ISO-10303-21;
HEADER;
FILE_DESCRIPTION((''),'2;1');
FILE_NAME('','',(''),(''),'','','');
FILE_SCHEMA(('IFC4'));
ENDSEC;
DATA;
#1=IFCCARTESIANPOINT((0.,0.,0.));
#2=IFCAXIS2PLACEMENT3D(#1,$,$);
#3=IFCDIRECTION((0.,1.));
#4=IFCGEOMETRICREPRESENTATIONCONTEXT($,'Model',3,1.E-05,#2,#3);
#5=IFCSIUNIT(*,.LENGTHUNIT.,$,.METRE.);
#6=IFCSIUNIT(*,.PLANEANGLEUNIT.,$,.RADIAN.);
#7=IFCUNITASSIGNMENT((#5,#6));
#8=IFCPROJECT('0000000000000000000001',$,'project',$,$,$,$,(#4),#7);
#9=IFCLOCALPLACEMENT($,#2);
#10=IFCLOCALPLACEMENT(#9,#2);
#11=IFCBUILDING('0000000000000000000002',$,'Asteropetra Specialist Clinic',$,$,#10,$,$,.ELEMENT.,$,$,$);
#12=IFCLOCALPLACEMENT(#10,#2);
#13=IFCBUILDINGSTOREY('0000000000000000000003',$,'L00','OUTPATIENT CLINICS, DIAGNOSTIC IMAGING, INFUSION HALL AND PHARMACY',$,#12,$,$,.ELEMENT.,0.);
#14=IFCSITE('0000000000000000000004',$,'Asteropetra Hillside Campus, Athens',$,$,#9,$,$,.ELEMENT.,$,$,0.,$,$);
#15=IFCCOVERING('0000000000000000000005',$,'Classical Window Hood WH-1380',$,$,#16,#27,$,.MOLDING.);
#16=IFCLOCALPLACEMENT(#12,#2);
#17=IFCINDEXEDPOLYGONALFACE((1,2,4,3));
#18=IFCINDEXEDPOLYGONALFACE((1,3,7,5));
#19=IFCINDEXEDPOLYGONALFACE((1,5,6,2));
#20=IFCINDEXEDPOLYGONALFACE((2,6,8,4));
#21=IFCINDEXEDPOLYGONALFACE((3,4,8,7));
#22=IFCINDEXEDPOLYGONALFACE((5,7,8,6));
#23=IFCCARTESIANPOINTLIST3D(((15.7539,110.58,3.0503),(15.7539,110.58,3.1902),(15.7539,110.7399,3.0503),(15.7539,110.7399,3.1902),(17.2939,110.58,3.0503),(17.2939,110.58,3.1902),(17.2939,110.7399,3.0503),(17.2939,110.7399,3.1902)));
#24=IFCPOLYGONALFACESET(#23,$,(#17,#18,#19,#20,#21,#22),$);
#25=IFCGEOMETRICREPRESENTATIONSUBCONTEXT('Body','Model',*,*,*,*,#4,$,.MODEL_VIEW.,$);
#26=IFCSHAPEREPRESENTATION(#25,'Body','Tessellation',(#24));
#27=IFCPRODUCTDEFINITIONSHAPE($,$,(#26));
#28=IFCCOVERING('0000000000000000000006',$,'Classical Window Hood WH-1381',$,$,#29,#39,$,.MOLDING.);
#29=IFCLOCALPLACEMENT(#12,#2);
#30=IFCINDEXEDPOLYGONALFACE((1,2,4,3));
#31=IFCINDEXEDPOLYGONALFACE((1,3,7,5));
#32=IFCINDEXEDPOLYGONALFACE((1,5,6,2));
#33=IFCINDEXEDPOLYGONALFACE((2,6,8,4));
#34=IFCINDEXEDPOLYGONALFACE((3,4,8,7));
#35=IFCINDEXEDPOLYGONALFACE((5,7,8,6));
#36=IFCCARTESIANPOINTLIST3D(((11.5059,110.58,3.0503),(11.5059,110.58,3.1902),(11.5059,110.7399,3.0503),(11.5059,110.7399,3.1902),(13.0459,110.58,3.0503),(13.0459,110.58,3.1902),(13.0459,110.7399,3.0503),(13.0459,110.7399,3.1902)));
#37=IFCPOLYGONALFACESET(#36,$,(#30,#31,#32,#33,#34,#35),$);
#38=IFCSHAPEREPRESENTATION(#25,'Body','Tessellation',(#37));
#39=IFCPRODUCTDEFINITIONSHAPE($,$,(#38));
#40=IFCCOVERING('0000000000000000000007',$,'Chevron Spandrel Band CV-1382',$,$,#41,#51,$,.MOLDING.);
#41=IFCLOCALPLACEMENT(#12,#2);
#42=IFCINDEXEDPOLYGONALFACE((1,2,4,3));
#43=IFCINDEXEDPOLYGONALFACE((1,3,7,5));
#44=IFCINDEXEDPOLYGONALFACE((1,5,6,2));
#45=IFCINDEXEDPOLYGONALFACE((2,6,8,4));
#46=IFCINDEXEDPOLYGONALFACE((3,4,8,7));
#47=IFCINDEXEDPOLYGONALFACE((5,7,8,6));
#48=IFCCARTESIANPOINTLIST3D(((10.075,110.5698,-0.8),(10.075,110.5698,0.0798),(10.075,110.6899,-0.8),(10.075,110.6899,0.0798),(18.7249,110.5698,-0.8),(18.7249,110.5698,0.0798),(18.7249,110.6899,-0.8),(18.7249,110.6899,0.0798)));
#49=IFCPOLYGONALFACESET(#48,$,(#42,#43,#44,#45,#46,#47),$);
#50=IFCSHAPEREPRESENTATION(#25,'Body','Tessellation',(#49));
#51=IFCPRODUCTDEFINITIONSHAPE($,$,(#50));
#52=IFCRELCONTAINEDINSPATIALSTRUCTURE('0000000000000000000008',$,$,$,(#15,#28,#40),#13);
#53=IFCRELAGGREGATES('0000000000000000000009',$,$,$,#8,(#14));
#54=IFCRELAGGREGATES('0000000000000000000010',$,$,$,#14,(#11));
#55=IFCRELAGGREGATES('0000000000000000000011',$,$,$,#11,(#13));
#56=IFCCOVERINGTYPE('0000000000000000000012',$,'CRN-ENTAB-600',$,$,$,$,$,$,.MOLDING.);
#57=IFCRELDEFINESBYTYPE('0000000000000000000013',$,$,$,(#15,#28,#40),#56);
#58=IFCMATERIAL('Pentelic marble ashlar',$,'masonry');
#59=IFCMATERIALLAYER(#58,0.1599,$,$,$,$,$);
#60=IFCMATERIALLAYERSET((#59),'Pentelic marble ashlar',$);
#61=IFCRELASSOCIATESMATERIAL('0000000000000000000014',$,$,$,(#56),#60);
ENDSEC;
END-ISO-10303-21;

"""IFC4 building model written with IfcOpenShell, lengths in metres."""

from ifc_helpers import new_model, si_unit, direction, frame, origin, origin_2d, place, context, subcontext, project, spatial, rectangle, extrude, material, layer, layer_set, type_object, element, save


model = new_model("IFC4")

# Units and contexts
model_context = context("Model", 3, precision=1e-05, world=origin(), true_north=direction((0.0, 1.0)))
body_context = subcontext(model_context, "Body", "Model", "MODEL_VIEW")
ifc_project = project(units=[si_unit("LENGTHUNIT", "METRE"), si_unit("PLANEANGLEUNIT", "RADIAN")], contexts=[model_context])

# Site, building, storey
site_placement = place(None, origin())
site = spatial("IfcSite", under=ifc_project, at=site_placement, Name="Asteropetra Hillside Campus, Athens", CompositionType="ELEMENT", RefElevation=0.0)
building_placement = place(site_placement, origin())
building = spatial("IfcBuilding", under=site, at=building_placement, Name="Asteropetra Specialist Clinic", CompositionType="ELEMENT")
storey_placement = place(building_placement, origin())
storey = spatial("IfcBuildingStorey", under=building, at=storey_placement, Name="L00", Description="OUTPATIENT CLINICS, DIAGNOSTIC IMAGING, INFUSION HALL AND PHARMACY", CompositionType="ELEMENT", Elevation=0.0)

# Coverings
ifc_material_1 = material(Name="Pentelic marble ashlar", Category="masonry")
ifc_layer_1 = layer(ifc_material_1, 0.1599)
ifc_layer_set_1 = layer_set([ifc_layer_1], Name="Pentelic marble ashlar")
covering_type = type_object("IfcCoveringType", Name="CRN-ENTAB-600", PredefinedType="MOLDING", material=ifc_layer_set_1)
for number, where, z_axis, x_axis, name in (
    (1, (16.5239, 110.6599, 3.0503), (0.0, 0.0, 1.0), (1.0, 0.0, 0.0), "Classical Window Hood WH-1380"),
    (2, (12.2759, 110.6599, 3.0503), (0.0, 0.0, 1.0), (1.0, 0.0, 0.0), "Classical Window Hood WH-1381"),
):
    element("IfcCovering", number, at=place(storey_placement, frame(where, z_axis=z_axis, x_axis=x_axis)), inside=storey, type_object=covering_type, Name=name, PredefinedType="MOLDING", context=body_context, shape_type="SweptSolid", body=[
        extrude(rectangle(XDim=1.54, YDim=0.1599, at=origin_2d()), origin(), (0.0, 0.0, 1.0), 0.1399),
    ])
covering_placement = place(storey_placement, frame((14.3999, 110.6299, -0.8), z_axis=(0.0, 0.0, 1.0), x_axis=(1.0, 0.0, 0.0)))
element("IfcCovering", 3, at=covering_placement, inside=storey, type_object=covering_type, Name="Chevron Spandrel Band CV-1382", PredefinedType="MOLDING", context=body_context, shape_type="SweptSolid", body=[
    extrude(rectangle(XDim=8.6499, YDim=0.1201, at=origin_2d()), origin(), (0.0, 0.0, 1.0), 0.8799),
])

save(model, "model.ifc")
